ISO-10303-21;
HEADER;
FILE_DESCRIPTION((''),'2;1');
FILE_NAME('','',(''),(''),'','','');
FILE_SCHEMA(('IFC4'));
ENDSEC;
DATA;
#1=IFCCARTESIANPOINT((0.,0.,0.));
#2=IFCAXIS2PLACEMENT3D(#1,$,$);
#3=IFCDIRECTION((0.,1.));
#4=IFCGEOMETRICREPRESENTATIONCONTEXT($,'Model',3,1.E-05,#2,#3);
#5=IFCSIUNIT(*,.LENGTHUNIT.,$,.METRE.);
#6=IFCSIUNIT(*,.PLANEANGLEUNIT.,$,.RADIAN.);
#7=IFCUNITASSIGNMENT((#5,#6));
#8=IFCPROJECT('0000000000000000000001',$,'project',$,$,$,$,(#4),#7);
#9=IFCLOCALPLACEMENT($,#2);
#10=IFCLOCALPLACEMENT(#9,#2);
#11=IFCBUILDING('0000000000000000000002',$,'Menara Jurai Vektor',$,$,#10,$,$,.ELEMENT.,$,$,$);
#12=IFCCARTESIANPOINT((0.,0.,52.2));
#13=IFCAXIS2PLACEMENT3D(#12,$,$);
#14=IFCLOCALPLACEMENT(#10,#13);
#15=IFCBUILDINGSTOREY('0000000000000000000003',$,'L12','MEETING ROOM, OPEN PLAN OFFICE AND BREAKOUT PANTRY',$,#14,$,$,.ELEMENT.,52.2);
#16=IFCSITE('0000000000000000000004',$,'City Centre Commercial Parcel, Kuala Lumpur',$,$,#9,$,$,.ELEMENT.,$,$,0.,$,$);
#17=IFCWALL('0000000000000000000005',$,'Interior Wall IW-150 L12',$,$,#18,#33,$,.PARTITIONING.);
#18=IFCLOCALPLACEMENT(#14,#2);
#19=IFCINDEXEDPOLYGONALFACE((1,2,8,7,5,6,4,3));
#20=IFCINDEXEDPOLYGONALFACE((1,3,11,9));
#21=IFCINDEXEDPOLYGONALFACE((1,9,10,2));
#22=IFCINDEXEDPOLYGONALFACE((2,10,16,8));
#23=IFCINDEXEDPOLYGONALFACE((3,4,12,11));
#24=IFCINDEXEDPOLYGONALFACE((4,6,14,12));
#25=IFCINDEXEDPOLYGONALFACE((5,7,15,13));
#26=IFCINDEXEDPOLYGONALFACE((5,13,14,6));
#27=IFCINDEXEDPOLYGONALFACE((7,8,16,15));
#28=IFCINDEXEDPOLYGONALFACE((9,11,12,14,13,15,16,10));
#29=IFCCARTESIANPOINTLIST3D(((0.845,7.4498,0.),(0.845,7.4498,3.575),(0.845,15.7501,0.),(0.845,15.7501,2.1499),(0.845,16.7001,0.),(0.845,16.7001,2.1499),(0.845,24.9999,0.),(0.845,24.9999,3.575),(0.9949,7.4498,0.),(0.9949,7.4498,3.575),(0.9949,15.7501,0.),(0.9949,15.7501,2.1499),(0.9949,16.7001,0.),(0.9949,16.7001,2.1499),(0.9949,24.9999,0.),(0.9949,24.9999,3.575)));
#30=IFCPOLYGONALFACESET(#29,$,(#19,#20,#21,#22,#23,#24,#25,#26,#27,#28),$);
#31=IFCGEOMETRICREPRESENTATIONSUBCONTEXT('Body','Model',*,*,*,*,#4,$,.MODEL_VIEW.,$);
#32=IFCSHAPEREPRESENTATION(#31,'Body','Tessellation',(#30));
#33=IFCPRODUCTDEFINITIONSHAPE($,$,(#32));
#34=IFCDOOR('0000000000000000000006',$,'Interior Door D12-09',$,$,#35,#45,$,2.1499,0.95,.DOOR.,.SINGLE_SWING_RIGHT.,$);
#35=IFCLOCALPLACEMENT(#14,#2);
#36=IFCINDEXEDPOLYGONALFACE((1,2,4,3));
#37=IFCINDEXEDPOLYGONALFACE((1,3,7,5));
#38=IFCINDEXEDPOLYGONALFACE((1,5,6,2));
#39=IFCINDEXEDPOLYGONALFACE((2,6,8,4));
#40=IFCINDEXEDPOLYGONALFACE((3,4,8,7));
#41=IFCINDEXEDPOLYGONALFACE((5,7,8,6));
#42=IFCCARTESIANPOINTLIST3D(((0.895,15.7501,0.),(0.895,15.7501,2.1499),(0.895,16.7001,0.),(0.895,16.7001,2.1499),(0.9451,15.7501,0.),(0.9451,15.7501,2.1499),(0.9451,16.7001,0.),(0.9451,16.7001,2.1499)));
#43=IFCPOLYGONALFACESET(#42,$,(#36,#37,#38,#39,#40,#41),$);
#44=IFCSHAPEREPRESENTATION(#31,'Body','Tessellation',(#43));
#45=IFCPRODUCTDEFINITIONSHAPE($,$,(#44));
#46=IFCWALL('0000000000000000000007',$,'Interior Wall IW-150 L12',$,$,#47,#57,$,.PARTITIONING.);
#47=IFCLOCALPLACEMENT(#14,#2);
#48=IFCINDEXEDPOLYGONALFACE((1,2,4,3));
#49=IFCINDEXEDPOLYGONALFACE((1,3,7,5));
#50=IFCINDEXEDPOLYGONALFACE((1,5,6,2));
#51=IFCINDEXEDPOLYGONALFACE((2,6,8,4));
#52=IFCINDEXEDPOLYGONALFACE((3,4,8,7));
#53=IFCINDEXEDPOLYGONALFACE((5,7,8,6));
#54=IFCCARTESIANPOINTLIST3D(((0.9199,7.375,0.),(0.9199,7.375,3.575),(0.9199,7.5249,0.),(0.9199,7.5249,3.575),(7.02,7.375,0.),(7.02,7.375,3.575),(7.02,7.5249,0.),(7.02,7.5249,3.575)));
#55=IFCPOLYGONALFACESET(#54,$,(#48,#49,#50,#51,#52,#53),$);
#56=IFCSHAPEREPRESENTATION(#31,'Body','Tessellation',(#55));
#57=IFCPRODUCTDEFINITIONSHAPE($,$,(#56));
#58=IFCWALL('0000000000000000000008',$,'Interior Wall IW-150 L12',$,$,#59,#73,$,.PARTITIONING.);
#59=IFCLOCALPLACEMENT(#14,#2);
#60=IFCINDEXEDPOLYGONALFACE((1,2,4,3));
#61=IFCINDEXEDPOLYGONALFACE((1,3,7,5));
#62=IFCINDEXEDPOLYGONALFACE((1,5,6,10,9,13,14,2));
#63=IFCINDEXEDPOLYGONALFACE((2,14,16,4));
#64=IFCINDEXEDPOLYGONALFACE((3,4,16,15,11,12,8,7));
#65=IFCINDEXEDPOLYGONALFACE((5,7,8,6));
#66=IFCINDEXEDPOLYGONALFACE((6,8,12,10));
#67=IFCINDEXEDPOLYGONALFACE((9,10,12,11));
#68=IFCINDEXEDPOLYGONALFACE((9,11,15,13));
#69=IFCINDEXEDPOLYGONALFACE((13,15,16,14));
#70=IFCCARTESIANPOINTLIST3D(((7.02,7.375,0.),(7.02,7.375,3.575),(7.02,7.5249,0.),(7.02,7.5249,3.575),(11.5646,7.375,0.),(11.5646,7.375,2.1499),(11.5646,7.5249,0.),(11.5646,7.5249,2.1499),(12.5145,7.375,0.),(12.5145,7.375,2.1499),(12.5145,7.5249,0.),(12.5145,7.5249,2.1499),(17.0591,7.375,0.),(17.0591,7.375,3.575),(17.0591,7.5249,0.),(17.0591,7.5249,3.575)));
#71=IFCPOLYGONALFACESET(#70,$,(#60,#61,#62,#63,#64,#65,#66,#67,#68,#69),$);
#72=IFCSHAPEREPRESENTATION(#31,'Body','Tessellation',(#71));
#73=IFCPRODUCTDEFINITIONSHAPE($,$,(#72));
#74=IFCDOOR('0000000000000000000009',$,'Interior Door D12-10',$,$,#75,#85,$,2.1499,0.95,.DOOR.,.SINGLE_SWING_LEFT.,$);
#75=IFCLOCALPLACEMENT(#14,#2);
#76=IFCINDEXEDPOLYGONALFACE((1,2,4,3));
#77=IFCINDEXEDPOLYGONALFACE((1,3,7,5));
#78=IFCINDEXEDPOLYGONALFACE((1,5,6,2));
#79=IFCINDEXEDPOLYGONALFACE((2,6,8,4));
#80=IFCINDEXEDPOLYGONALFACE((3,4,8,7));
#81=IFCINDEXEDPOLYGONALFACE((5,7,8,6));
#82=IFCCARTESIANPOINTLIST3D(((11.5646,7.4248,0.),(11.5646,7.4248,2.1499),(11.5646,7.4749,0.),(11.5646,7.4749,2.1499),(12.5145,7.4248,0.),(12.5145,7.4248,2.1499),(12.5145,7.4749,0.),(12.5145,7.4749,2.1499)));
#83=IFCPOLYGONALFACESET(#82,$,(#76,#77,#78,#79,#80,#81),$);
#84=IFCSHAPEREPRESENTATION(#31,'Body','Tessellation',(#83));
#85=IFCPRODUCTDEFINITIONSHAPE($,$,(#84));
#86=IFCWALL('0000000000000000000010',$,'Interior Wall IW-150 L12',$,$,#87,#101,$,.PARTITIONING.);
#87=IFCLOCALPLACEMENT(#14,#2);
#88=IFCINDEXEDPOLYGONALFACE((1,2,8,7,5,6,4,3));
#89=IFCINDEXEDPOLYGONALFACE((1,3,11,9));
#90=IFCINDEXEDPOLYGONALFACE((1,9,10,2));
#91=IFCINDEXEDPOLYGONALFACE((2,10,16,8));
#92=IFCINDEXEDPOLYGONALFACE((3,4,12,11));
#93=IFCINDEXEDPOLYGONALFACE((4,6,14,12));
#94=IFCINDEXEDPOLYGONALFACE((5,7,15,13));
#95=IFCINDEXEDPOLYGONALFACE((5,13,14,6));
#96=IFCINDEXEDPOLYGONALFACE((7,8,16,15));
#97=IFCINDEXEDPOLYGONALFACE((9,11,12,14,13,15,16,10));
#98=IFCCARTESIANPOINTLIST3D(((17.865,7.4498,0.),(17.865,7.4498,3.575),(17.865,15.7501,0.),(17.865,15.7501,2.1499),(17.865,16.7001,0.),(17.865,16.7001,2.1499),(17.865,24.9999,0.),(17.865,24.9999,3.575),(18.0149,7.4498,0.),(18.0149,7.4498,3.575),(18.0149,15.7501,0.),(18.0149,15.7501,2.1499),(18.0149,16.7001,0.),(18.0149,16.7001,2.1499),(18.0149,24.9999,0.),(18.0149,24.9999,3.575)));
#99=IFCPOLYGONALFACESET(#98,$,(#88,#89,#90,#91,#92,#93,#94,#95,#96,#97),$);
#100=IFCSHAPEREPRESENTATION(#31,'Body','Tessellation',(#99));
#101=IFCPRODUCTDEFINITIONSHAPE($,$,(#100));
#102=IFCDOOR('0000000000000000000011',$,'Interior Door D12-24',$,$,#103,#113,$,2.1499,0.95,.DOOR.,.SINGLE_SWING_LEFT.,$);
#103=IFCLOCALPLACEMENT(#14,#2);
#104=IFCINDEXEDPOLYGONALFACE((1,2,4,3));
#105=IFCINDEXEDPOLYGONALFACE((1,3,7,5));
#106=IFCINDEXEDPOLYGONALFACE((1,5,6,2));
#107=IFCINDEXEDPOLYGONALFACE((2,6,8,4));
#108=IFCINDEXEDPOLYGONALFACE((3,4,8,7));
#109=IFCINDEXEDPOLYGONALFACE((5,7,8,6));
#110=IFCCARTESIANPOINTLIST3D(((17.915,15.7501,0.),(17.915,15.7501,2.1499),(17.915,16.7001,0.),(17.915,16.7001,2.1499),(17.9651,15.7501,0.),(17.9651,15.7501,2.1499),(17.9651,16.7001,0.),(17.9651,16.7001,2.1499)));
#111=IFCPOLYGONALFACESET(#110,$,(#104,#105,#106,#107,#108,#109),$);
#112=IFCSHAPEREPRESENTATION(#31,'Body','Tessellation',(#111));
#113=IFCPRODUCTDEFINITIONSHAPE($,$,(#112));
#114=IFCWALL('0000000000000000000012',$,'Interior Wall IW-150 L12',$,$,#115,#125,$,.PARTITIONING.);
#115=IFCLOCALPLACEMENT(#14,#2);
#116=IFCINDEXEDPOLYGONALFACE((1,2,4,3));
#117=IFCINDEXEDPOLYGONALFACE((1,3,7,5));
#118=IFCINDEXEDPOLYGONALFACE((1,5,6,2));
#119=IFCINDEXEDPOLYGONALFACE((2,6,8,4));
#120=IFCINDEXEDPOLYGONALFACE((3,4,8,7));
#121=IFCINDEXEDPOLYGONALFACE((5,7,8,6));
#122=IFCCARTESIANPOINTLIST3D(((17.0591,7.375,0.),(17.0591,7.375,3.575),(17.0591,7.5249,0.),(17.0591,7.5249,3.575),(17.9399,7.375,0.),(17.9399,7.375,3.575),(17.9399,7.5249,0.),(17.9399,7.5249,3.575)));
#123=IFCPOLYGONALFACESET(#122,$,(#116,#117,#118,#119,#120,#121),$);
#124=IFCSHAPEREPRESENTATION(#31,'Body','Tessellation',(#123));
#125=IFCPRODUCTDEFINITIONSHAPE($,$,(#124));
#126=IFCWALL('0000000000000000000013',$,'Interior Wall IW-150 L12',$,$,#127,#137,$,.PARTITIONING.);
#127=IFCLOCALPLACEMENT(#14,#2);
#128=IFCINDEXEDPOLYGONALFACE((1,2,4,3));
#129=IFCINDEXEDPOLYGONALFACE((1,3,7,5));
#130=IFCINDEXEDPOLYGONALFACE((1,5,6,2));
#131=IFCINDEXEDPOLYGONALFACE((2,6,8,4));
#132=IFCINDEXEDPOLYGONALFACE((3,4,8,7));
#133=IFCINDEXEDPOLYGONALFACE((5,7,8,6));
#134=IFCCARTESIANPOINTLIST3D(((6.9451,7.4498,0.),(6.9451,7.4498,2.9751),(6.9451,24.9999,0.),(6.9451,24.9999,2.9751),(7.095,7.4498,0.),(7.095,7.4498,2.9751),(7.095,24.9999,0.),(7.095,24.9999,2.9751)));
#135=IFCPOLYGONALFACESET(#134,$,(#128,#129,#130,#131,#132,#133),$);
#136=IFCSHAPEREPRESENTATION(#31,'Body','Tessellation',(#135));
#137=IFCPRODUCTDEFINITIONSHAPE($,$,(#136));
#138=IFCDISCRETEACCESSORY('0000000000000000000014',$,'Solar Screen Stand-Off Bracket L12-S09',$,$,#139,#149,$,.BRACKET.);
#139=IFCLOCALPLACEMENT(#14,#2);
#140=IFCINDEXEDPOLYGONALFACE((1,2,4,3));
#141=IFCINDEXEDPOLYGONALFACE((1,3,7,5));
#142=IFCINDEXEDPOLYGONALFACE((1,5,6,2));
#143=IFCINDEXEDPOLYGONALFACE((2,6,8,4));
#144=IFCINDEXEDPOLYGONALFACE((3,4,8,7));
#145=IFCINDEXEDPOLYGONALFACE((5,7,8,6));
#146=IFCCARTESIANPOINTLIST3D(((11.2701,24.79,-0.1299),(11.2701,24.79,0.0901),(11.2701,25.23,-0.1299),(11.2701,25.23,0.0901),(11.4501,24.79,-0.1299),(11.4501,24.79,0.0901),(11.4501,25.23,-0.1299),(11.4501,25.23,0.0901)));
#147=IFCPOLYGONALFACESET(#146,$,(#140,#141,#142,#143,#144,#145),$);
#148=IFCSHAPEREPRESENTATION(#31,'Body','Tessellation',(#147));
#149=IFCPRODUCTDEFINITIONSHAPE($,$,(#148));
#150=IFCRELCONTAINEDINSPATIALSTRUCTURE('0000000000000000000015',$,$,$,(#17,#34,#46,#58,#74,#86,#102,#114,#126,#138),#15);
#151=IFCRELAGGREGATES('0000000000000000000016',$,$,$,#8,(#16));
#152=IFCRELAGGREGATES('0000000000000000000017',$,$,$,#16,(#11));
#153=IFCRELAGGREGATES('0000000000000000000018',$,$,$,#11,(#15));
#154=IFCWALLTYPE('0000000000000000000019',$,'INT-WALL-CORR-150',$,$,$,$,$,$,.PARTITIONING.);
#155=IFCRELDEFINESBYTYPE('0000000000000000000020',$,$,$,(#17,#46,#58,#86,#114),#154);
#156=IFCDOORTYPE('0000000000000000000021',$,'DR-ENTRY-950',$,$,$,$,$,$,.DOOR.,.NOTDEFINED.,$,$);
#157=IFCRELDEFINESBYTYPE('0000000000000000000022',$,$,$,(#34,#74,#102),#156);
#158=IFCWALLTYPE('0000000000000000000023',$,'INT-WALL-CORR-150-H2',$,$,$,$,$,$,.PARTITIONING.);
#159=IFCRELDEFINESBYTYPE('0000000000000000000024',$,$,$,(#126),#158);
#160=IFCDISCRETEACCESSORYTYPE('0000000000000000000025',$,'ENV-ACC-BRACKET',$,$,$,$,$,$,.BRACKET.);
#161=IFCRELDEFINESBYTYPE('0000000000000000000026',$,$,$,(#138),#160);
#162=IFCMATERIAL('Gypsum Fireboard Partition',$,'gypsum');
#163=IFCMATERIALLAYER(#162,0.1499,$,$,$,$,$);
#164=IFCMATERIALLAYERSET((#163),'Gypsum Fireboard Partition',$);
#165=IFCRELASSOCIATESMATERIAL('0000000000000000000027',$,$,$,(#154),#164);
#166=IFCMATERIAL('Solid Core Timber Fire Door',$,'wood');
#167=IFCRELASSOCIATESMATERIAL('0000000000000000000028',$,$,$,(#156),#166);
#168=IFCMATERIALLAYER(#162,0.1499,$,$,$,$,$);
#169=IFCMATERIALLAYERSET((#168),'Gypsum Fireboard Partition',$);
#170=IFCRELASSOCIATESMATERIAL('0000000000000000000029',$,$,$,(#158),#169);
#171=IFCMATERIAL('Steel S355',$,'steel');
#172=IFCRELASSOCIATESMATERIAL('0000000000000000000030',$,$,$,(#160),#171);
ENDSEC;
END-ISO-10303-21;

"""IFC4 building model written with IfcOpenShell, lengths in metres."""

from ifc_helpers import new_model, si_unit, direction, frame, frame_2d, origin, origin_2d, place, context, subcontext, project, spatial, rectangle, extrude, material, layer, layer_set, type_object, element, fill, save


model = new_model("IFC4")

# Units and contexts
model_context = context("Model", 3, precision=1e-05, world=origin(), true_north=direction((0.0, 1.0)))
body_context = subcontext(model_context, "Body", "Model", "MODEL_VIEW")
ifc_project = project(units=[si_unit("LENGTHUNIT", "METRE"), si_unit("PLANEANGLEUNIT", "RADIAN")], contexts=[model_context])

# Site, building, storey
site_placement = place(None, origin())
site = spatial("IfcSite", under=ifc_project, at=site_placement, Name="City Centre Commercial Parcel, Kuala Lumpur", CompositionType="ELEMENT", RefElevation=0.0)
building_placement = place(site_placement, origin())
building = spatial("IfcBuilding", under=site, at=building_placement, Name="Menara Jurai Vektor", CompositionType="ELEMENT")
storey_placement = place(building_placement, frame((0.0, 0.0, 52.2)))
storey = spatial("IfcBuildingStorey", under=building, at=storey_placement, Name="L12", Description="MEETING ROOM, OPEN PLAN OFFICE AND BREAKOUT PANTRY", CompositionType="ELEMENT", Elevation=52.2)

# Shared definitions
ifc_material_1 = material(Name="Steel S355", Category="steel")

# Wall, opening, door
ifc_material_2 = material(Name="Gypsum Fireboard Partition", Category="gypsum")
ifc_layer_1 = layer(ifc_material_2, 0.1499)
ifc_layer_set_1 = layer_set([ifc_layer_1], Name="Gypsum Fireboard Partition")
wall_type_1 = type_object("IfcWallType", Name="INT-WALL-CORR-150", PredefinedType="PARTITIONING", material=ifc_layer_set_1)
wall_1_placement = place(storey_placement, frame((0.9199, 7.45, 0.0), z_axis=(0.0, 0.0, 1.0), x_axis=(0.0, 1.0, 0.0)))
wall_1 = element("IfcWall", 1, at=wall_1_placement, inside=storey, type_object=wall_type_1, Name="Interior Wall IW-150 L12", PredefinedType="PARTITIONING", context=body_context, shape_type="SweptSolid", body=[
    extrude(rectangle(XDim=17.55, YDim=0.1499, at=frame_2d((8.7749, 0.0))), origin(), (0.0, 0.0, 1.0), 3.575),
])
opening_1_placement = place(wall_1_placement, frame((8.3, 0.0, 0.0)))
opening_1 = element("IfcOpeningElement", 2, at=opening_1_placement, cuts=wall_1, PredefinedType="OPENING", context=body_context, shape_type="SweptSolid", body=[
    extrude(rectangle(XDim=0.95, YDim=2.1499, at=frame_2d((0.4751, 1.075))), frame((0.0, 0.085, 0.0), z_axis=(0.0, -1.0, 0.0), x_axis=(1.0, 0.0, 0.0)), (0.0, 0.0, 1.0), 0.1699),
])
ifc_material_3 = material(Name="Solid Core Timber Fire Door", Category="wood")
door_type = type_object("IfcDoorType", Name="DR-ENTRY-950", OperationType="NOTDEFINED", PredefinedType="DOOR", material=ifc_material_3)
door_1_placement = place(opening_1_placement, origin())
door_1 = element("IfcDoor", 3, at=door_1_placement, inside=storey, type_object=door_type, Name="Interior Door D12-09", OperationType="SINGLE_SWING_RIGHT", OverallHeight=2.1499, OverallWidth=0.95, PredefinedType="DOOR", context=body_context, shape_type="SweptSolid", body=[
    extrude(rectangle(XDim=0.95, YDim=2.1499, at=frame_2d((0.4751, 1.075))), frame((0.0, 0.0249, 0.0), z_axis=(0.0, -1.0, 0.0), x_axis=(1.0, 0.0, 0.0)), (0.0, 0.0, 1.0), 0.05),
])
fill(opening_1, door_1)

# Wall
wall_2_placement = place(storey_placement, frame((0.9199, 7.45, 0.0), z_axis=(0.0, 0.0, 1.0), x_axis=(1.0, 0.0, 0.0)))
element("IfcWall", 4, at=wall_2_placement, inside=storey, type_object=wall_type_1, Name="Interior Wall IW-150 L12", PredefinedType="PARTITIONING", context=body_context, shape_type="SweptSolid", body=[
    extrude(rectangle(XDim=6.1001, YDim=0.1499, at=frame_2d((3.05, 0.0))), origin(), (0.0, 0.0, 1.0), 3.575),
])

# Walls, openings, doors
wall_3_placement = place(storey_placement, frame((7.02, 7.45, 0.0), z_axis=(0.0, 0.0, 1.0), x_axis=(1.0, 0.0, 0.0)))
wall_3 = element("IfcWall", 5, at=wall_3_placement, inside=storey, type_object=wall_type_1, Name="Interior Wall IW-150 L12", PredefinedType="PARTITIONING", context=body_context, shape_type="SweptSolid", body=[
    extrude(rectangle(XDim=10.0391, YDim=0.1499, at=frame_2d((5.0195, 0.0))), origin(), (0.0, 0.0, 1.0), 3.575),
])
opening_2_placement = place(wall_3_placement, frame((4.5444, 0.0, 0.0)))
opening_2 = element("IfcOpeningElement", 6, at=opening_2_placement, cuts=wall_3, PredefinedType="OPENING", context=body_context, shape_type="SweptSolid", body=[
    extrude(rectangle(XDim=0.95, YDim=2.1499, at=frame_2d((0.4751, 1.075))), frame((0.0, 0.085, 0.0), z_axis=(0.0, -1.0, 0.0), x_axis=(1.0, 0.0, 0.0)), (0.0, 0.0, 1.0), 0.1699),
])
door_2_placement = place(opening_2_placement, origin())
door_2 = element("IfcDoor", 7, at=door_2_placement, inside=storey, type_object=door_type, Name="Interior Door D12-10", OperationType="SINGLE_SWING_LEFT", OverallHeight=2.1499, OverallWidth=0.95, PredefinedType="DOOR", context=body_context, shape_type="SweptSolid", body=[
    extrude(rectangle(XDim=0.95, YDim=2.1499, at=frame_2d((0.4751, 1.075))), frame((0.0, 0.0249, 0.0), z_axis=(0.0, -1.0, 0.0), x_axis=(1.0, 0.0, 0.0)), (0.0, 0.0, 1.0), 0.05),
])
fill(opening_2, door_2)
wall_4_placement = place(storey_placement, frame((17.9399, 7.45, 0.0), z_axis=(0.0, 0.0, 1.0), x_axis=(0.0, 1.0, 0.0)))
wall_4 = element("IfcWall", 8, at=wall_4_placement, inside=storey, type_object=wall_type_1, Name="Interior Wall IW-150 L12", PredefinedType="PARTITIONING", context=body_context, shape_type="SweptSolid", body=[
    extrude(rectangle(XDim=17.55, YDim=0.1499, at=frame_2d((8.7749, 0.0))), origin(), (0.0, 0.0, 1.0), 3.575),
])
opening_3_placement = place(wall_4_placement, frame((8.3, 0.0, 0.0)))
opening_3 = element("IfcOpeningElement", 9, at=opening_3_placement, cuts=wall_4, PredefinedType="OPENING", context=body_context, shape_type="SweptSolid", body=[
    extrude(rectangle(XDim=0.95, YDim=2.1499, at=frame_2d((0.4751, 1.075))), frame((0.0, 0.085, 0.0), z_axis=(0.0, -1.0, 0.0), x_axis=(1.0, 0.0, 0.0)), (0.0, 0.0, 1.0), 0.1699),
])
door_3_placement = place(opening_3_placement, origin())
door_3 = element("IfcDoor", 10, at=door_3_placement, inside=storey, type_object=door_type, Name="Interior Door D12-24", OperationType="SINGLE_SWING_LEFT", OverallHeight=2.1499, OverallWidth=0.95, PredefinedType="DOOR", context=body_context, shape_type="SweptSolid", body=[
    extrude(rectangle(XDim=0.95, YDim=2.1499, at=frame_2d((0.4751, 1.075))), frame((0.0, 0.0249, 0.0), z_axis=(0.0, -1.0, 0.0), x_axis=(1.0, 0.0, 0.0)), (0.0, 0.0, 1.0), 0.05),
])
fill(opening_3, door_3)

# Walls
wall_5_placement = place(storey_placement, frame((17.0591, 7.45, 0.0), z_axis=(0.0, 0.0, 1.0), x_axis=(1.0, 0.0, 0.0)))
element("IfcWall", 11, at=wall_5_placement, inside=storey, type_object=wall_type_1, Name="Interior Wall IW-150 L12", PredefinedType="PARTITIONING", context=body_context, shape_type="SweptSolid", body=[
    extrude(rectangle(XDim=0.8809, YDim=0.1499, at=frame_2d((0.4404, 0.0))), origin(), (0.0, 0.0, 1.0), 3.575),
])
ifc_layer_2 = layer(ifc_material_2, 0.1499)
ifc_layer_set_2 = layer_set([ifc_layer_2], Name="Gypsum Fireboard Partition")
wall_type_2 = type_object("IfcWallType", Name="INT-WALL-CORR-150-H2", PredefinedType="PARTITIONING", material=ifc_layer_set_2)
wall_6_placement = place(storey_placement, frame((7.02, 7.45, 0.0), z_axis=(0.0, 0.0, 1.0), x_axis=(0.0, 1.0, 0.0)))
element("IfcWall", 12, at=wall_6_placement, inside=storey, type_object=wall_type_2, Name="Interior Wall IW-150 L12", PredefinedType="PARTITIONING", context=body_context, shape_type="SweptSolid", body=[
    extrude(rectangle(XDim=17.55, YDim=0.1499, at=frame_2d((8.7749, 0.0))), origin(), (0.0, 0.0, 1.0), 2.9751),
])

# Discrete accessory
discrete_accessory_type = type_object("IfcDiscreteAccessoryType", Name="ENV-ACC-BRACKET", PredefinedType="BRACKET", material=ifc_material_1)
discrete_accessory_placement = place(storey_placement, frame((11.3601, 25.01, -0.1299), z_axis=(0.0, 0.0, 1.0), x_axis=(-1.0, 0.0, 0.0)))
element("IfcDiscreteAccessory", 13, at=discrete_accessory_placement, inside=storey, type_object=discrete_accessory_type, Name="Solar Screen Stand-Off Bracket L12-S09", PredefinedType="BRACKET", context=body_context, shape_type="SweptSolid", body=[
    extrude(rectangle(XDim=0.1799, YDim=0.4399, at=origin_2d()), origin(), (0.0, 0.0, 1.0), 0.22),
])

save(model, "model.ifc")
